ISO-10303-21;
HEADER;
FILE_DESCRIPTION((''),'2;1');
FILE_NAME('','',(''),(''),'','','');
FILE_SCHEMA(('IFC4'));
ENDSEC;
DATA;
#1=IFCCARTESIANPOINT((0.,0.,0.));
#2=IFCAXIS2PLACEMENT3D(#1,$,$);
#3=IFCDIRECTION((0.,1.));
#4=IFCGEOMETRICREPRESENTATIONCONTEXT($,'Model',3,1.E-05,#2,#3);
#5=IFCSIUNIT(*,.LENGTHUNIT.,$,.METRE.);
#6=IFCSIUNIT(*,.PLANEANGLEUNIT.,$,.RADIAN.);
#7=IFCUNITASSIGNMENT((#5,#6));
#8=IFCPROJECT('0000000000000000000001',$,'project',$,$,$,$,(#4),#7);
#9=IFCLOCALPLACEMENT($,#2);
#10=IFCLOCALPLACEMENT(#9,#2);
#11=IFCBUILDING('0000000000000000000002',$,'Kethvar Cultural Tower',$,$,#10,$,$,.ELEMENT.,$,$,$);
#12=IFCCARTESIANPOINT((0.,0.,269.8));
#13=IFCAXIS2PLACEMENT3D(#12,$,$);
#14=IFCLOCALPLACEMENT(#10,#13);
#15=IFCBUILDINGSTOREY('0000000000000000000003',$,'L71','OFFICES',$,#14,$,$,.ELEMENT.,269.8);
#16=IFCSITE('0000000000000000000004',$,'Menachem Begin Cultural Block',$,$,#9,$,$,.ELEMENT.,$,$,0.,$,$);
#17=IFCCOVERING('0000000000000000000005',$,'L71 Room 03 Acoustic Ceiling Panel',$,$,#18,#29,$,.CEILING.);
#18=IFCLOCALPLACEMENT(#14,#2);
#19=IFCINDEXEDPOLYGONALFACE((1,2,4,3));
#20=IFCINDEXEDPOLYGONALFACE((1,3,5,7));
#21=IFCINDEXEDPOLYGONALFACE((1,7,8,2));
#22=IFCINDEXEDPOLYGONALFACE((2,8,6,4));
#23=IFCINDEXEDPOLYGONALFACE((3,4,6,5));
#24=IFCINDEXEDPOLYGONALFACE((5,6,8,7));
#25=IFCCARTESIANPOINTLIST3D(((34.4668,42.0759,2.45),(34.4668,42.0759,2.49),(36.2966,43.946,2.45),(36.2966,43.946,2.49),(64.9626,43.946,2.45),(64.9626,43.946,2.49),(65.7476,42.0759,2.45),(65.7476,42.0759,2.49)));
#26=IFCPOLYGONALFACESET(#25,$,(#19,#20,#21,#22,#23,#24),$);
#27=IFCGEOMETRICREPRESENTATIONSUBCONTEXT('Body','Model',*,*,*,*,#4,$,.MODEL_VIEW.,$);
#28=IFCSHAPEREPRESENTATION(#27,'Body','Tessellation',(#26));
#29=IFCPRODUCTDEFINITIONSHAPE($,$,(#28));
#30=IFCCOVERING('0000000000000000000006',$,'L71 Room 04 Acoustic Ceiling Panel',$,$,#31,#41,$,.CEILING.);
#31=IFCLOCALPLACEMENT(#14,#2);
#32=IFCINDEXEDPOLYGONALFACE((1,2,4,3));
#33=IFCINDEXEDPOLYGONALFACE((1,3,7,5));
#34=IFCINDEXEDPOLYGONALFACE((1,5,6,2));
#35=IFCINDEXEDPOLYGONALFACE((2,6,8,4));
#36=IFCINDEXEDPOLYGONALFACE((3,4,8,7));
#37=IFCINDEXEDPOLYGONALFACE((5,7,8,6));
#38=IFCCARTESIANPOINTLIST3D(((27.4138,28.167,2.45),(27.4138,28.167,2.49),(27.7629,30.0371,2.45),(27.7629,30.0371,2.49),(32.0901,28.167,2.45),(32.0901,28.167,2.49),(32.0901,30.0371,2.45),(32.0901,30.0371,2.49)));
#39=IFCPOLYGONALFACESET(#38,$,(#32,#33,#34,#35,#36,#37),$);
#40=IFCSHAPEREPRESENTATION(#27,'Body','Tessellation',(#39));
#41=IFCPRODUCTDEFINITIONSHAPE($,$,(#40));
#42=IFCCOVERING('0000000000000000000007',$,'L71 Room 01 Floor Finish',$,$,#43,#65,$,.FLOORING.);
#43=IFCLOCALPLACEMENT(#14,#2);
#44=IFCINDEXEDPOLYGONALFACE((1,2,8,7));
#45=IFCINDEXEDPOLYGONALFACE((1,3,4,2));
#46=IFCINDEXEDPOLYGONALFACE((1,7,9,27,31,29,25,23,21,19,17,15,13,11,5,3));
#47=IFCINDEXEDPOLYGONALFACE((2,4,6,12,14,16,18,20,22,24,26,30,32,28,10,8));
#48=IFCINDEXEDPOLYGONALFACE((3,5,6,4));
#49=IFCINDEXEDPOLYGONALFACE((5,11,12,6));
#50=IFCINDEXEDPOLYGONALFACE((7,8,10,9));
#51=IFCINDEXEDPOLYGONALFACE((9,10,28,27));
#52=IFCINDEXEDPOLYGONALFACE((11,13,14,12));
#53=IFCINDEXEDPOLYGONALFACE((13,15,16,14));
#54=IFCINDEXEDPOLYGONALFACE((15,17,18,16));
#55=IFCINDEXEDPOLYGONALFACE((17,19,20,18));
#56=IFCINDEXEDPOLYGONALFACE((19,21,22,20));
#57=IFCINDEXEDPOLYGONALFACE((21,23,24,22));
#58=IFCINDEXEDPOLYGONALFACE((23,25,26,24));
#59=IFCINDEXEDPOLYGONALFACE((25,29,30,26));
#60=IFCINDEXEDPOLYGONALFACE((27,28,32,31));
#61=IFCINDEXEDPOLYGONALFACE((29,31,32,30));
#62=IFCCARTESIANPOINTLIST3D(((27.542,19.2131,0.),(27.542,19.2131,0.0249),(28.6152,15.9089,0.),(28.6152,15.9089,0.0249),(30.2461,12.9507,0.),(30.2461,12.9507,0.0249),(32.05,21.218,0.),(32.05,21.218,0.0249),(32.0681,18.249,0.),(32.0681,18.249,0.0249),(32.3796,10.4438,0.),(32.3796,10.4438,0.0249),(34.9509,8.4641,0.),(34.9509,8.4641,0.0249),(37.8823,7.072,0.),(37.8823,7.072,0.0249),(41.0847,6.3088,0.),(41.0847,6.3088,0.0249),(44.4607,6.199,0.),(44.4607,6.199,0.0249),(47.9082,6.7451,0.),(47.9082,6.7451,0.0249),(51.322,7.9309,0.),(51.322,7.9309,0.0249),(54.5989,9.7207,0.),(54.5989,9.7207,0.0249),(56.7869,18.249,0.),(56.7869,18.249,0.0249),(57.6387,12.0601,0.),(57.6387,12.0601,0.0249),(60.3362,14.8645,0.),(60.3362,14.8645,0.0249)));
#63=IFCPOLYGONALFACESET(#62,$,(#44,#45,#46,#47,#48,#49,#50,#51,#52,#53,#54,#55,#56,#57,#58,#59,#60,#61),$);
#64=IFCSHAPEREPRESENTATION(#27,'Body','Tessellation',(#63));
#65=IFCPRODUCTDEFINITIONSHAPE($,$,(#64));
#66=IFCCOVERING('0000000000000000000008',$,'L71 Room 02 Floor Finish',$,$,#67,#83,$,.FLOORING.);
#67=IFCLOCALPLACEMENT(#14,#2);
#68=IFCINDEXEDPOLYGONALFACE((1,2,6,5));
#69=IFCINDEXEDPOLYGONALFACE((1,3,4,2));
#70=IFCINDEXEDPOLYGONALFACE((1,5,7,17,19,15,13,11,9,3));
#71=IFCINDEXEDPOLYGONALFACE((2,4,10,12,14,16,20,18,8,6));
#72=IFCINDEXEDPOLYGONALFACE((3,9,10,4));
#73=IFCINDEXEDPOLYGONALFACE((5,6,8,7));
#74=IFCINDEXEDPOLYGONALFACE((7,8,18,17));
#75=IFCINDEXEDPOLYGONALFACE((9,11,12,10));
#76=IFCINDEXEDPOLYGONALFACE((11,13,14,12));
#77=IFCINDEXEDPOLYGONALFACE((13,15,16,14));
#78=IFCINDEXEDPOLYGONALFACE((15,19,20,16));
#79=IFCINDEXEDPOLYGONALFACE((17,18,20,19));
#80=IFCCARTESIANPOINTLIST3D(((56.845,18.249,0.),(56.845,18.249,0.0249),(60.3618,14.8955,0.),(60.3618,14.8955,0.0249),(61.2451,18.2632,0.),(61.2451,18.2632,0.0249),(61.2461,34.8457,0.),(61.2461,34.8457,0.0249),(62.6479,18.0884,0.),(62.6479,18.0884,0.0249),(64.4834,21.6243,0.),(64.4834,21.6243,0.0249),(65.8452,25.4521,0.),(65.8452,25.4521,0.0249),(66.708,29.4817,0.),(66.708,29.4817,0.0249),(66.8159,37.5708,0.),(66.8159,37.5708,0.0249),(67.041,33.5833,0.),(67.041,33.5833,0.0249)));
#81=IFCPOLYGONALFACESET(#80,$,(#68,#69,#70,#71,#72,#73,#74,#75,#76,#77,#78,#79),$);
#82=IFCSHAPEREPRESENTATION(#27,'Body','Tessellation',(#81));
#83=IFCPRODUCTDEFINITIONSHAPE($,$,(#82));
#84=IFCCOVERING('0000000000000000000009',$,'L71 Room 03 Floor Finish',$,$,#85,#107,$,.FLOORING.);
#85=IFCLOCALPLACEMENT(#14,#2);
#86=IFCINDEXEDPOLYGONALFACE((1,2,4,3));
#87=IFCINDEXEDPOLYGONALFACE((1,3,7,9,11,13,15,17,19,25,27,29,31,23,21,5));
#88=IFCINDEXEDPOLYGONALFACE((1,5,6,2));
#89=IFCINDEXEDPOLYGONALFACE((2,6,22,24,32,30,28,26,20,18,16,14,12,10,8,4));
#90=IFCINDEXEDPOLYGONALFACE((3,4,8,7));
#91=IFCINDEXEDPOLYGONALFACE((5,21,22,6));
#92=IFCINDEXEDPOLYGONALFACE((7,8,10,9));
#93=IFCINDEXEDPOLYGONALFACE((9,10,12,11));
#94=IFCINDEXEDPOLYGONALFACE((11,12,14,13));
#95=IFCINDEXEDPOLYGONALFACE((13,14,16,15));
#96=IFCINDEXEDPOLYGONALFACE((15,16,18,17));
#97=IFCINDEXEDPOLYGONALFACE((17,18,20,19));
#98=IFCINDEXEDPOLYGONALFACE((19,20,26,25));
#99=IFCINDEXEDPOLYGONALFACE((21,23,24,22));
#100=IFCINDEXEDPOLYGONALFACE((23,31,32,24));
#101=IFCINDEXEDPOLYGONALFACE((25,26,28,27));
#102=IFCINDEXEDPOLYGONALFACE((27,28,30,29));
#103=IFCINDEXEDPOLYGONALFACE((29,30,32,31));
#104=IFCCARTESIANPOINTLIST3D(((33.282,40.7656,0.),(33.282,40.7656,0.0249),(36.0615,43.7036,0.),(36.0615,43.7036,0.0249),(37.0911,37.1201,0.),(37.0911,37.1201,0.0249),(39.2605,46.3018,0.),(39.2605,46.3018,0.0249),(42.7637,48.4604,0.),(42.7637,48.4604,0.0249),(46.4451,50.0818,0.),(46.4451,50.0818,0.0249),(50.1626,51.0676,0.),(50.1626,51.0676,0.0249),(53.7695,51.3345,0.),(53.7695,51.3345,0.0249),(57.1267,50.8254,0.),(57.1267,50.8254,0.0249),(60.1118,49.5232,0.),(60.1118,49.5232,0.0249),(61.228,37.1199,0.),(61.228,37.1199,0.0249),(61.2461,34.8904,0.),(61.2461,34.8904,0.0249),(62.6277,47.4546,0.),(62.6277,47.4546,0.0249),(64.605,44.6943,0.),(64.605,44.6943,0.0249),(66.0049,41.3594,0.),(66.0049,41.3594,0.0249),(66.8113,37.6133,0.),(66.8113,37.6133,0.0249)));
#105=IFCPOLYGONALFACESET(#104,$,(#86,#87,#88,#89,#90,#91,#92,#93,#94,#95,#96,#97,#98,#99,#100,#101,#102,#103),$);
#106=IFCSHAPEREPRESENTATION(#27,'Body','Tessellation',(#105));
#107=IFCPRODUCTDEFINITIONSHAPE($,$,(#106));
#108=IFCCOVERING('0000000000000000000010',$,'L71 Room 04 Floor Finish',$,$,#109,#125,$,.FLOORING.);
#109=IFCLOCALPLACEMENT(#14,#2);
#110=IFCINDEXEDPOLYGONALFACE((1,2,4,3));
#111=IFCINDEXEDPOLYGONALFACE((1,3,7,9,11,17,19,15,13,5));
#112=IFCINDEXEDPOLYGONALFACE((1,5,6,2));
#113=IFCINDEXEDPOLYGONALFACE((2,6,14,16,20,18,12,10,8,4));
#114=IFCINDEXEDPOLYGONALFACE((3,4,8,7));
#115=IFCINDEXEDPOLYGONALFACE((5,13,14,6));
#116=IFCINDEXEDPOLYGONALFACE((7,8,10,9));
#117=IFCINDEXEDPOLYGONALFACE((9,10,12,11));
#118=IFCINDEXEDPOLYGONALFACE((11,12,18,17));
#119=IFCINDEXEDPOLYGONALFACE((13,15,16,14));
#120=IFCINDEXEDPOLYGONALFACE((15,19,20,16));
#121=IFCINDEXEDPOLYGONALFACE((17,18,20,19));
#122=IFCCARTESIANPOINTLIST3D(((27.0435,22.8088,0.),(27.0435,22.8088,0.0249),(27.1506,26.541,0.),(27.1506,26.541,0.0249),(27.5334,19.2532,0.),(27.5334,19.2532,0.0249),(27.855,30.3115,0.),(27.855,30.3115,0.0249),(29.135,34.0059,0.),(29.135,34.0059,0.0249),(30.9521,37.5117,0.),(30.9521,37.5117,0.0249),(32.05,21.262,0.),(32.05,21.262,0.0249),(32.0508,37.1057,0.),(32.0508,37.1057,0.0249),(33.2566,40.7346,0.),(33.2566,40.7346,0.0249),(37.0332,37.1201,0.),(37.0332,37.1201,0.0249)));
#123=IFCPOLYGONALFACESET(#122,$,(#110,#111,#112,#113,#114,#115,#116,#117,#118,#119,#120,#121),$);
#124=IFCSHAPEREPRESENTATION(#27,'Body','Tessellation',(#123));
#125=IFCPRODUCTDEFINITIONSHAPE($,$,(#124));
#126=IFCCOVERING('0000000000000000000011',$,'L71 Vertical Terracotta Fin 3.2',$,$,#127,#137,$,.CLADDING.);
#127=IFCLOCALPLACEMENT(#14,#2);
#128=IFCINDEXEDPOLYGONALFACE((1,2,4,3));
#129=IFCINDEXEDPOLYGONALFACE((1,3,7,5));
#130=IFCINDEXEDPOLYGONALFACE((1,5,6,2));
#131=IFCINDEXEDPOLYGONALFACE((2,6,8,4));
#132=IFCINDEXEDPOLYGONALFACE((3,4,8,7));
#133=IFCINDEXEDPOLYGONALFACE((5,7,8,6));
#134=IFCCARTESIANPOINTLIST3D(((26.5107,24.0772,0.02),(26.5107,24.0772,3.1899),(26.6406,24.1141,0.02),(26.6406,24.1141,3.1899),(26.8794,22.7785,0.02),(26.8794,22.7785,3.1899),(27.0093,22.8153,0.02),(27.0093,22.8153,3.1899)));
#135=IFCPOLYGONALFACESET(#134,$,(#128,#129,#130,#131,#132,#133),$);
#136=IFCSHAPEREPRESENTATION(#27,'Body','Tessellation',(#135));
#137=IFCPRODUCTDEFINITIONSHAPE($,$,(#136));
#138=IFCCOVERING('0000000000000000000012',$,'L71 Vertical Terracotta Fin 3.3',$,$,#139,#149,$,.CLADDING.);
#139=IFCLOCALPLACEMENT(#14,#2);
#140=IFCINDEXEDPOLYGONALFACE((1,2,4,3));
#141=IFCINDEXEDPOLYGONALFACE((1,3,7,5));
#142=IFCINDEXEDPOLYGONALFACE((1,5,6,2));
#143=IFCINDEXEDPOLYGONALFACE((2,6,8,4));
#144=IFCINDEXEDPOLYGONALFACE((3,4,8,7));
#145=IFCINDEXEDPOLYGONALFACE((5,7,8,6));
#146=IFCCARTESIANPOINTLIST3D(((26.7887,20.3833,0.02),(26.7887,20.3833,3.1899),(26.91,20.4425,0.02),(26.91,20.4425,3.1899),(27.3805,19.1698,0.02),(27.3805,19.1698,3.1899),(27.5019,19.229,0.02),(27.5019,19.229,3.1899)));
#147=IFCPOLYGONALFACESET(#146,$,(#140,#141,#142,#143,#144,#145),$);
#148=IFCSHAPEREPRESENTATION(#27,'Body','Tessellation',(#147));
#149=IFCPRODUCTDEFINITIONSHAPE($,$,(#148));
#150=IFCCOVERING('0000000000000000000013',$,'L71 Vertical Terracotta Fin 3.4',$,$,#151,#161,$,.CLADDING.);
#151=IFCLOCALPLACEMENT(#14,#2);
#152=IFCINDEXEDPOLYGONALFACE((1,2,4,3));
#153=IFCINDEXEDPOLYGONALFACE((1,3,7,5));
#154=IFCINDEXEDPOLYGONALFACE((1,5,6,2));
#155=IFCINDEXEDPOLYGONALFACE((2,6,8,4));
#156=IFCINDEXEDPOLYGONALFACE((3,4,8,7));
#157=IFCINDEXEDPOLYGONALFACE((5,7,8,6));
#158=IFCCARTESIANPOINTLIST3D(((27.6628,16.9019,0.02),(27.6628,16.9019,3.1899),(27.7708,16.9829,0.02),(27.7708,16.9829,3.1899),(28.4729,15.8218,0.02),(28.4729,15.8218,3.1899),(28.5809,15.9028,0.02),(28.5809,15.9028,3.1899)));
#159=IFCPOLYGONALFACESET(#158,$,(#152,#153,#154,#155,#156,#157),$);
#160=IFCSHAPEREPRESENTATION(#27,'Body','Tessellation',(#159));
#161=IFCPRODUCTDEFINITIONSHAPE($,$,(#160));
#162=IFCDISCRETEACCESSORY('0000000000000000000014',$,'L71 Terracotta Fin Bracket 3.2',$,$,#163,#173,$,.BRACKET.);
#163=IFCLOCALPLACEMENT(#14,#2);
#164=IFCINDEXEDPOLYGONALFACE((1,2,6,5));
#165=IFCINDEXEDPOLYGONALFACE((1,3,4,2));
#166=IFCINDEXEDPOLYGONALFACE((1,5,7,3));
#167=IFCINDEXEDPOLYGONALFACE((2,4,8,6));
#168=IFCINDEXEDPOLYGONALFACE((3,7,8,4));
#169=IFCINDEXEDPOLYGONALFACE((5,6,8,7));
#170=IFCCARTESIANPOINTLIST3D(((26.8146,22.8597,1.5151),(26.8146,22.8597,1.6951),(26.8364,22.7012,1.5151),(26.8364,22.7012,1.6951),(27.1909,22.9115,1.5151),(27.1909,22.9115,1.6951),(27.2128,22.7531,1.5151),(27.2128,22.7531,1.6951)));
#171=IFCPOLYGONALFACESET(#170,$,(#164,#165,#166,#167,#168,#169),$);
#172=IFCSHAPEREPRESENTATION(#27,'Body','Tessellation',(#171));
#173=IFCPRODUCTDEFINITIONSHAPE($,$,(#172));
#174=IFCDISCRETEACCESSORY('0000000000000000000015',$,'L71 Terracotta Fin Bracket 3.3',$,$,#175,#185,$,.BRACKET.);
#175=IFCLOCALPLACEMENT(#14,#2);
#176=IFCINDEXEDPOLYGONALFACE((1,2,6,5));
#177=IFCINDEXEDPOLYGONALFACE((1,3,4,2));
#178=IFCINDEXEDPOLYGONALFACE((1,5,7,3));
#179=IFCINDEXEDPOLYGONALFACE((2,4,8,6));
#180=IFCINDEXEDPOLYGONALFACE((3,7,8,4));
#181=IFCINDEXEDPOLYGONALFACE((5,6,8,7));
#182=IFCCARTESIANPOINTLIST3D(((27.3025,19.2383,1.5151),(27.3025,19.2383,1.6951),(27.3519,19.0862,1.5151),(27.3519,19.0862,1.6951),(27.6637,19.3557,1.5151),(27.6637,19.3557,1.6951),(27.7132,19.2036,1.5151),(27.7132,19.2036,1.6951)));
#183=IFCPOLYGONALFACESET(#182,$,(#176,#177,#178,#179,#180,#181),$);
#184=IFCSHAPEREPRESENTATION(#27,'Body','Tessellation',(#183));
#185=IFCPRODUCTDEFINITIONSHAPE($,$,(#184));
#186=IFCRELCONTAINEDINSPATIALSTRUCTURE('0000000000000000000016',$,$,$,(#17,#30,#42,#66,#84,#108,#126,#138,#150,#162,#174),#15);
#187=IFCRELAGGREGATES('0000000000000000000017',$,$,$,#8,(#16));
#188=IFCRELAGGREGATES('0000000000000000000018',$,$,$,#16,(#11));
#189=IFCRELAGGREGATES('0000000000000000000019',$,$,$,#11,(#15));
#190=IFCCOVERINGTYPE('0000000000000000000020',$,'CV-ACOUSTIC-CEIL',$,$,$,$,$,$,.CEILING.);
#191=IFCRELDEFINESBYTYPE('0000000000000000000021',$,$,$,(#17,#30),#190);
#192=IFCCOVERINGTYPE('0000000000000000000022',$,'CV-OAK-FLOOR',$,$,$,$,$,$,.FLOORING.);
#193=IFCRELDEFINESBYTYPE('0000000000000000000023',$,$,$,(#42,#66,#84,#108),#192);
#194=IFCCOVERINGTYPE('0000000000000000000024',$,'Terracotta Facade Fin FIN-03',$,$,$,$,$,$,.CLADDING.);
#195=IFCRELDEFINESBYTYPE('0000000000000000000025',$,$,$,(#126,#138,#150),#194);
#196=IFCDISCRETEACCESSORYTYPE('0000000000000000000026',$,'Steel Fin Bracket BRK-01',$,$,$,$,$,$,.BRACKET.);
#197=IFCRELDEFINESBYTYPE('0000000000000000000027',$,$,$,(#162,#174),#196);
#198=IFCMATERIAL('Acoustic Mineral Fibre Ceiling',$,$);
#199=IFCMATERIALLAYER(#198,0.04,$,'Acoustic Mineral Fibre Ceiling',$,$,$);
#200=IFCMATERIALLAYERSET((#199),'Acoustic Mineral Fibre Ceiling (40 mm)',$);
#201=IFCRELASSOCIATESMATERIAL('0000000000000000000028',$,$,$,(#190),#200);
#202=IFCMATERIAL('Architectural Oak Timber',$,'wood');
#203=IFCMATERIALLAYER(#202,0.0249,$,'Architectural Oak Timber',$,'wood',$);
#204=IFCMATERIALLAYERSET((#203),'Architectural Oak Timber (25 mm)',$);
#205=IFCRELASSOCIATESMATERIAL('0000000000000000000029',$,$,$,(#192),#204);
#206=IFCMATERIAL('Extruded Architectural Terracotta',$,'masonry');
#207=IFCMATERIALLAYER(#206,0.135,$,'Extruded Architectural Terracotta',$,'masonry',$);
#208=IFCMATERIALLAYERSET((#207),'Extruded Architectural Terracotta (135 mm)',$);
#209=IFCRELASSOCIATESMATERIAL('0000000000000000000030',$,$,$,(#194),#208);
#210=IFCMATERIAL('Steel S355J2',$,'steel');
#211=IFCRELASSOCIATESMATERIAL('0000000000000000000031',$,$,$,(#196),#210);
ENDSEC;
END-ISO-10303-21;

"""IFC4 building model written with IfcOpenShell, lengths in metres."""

from ifc_helpers import new_model, si_unit, direction, frame, origin, origin_2d, place, context, subcontext, project, spatial, polyline, rectangle, outline, extrude, source, transform, mapped, material, layer, layer_set, type_object, element, save


model = new_model("IFC4")

# Units and contexts
model_context = context("Model", 3, precision=1e-05, world=origin(), true_north=direction((0.0, 1.0)))
body_context = subcontext(model_context, "Body", "Model", "MODEL_VIEW")
ifc_project = project(units=[si_unit("LENGTHUNIT", "METRE"), si_unit("PLANEANGLEUNIT", "RADIAN")], contexts=[model_context])

# Site, building, storey
site_placement = place(None, origin())
site = spatial("IfcSite", under=ifc_project, at=site_placement, Name="Menachem Begin Cultural Block", CompositionType="ELEMENT", RefElevation=0.0)
building_placement = place(site_placement, origin())
building = spatial("IfcBuilding", under=site, at=building_placement, Name="Kethvar Cultural Tower", CompositionType="ELEMENT")
storey_placement = place(building_placement, frame((0.0, 0.0, 269.8)))
storey = spatial("IfcBuildingStorey", under=building, at=storey_placement, Name="L71", Description="OFFICES", CompositionType="ELEMENT", Elevation=269.8)

# Coverings
ifc_material_1 = material(Name="Acoustic Mineral Fibre Ceiling")
ifc_layer_1 = layer(ifc_material_1, 0.04, Name="Acoustic Mineral Fibre Ceiling")
ifc_layer_set_1 = layer_set([ifc_layer_1], Name="Acoustic Mineral Fibre Ceiling (40 mm)")
covering_type_1 = type_object("IfcCoveringType", Name="CV-ACOUSTIC-CEIL", PredefinedType="CEILING", material=ifc_layer_set_1)
covering_1_placement = place(storey_placement, frame((0.0, 0.0, 2.45)))
element("IfcCovering", 1, at=covering_1_placement, inside=storey, type_object=covering_type_1, Name="L71 Room 03 Acoustic Ceiling Panel", PredefinedType="CEILING", context=body_context, shape_type="SweptSolid", body=[
    extrude(outline(polyline([(65.7476, 42.0759), (34.4668, 42.0759), (36.2966, 43.946), (64.9626, 43.946), (65.7476, 42.0759)])), origin(), (0.0, 0.0, 1.0), 0.04),
])
covering_2_placement = place(storey_placement, frame((0.0, 0.0, 2.45)))
element("IfcCovering", 2, at=covering_2_placement, inside=storey, type_object=covering_type_1, Name="L71 Room 04 Acoustic Ceiling Panel", PredefinedType="CEILING", context=body_context, shape_type="SweptSolid", body=[
    extrude(outline(polyline([(27.7629, 30.0371), (32.0901, 30.0371), (32.0901, 28.167), (27.4138, 28.167), (27.7629, 30.0371)])), origin(), (0.0, 0.0, 1.0), 0.04),
])
ifc_material_2 = material(Name="Architectural Oak Timber", Category="wood")
ifc_layer_2 = layer(ifc_material_2, 0.0249, Name="Architectural Oak Timber", Category="wood")
ifc_layer_set_2 = layer_set([ifc_layer_2], Name="Architectural Oak Timber (25 mm)")
covering_type_2 = type_object("IfcCoveringType", Name="CV-OAK-FLOOR", PredefinedType="FLOORING", material=ifc_layer_set_2)
covering_3_placement = place(storey_placement, origin())
element("IfcCovering", 3, at=covering_3_placement, inside=storey, type_object=covering_type_2, Name="L71 Room 01 Floor Finish", PredefinedType="FLOORING", context=body_context, shape_type="SweptSolid", body=[
    extrude(outline(polyline([(60.3362, 14.8645), (57.6387, 12.0601), (54.5989, 9.7207), (51.322, 7.9309), (47.9082, 6.7451), (44.4607, 6.199), (41.0847, 6.3088), (37.8823, 7.072), (34.9509, 8.4641), (32.3796, 10.4438), (30.2461, 12.9507), (28.6152, 15.9089), (27.542, 19.2131), (32.05, 21.218), (32.0681, 18.249), (56.7869, 18.249), (60.3362, 14.8645)])), origin(), (0.0, 0.0, 1.0), 0.0249),
])
covering_4_placement = place(storey_placement, origin())
element("IfcCovering", 4, at=covering_4_placement, inside=storey, type_object=covering_type_2, Name="L71 Room 02 Floor Finish", PredefinedType="FLOORING", context=body_context, shape_type="SweptSolid", body=[
    extrude(outline(polyline([(67.041, 33.5833), (66.708, 29.4817), (65.8452, 25.4521), (64.4834, 21.6243), (62.6479, 18.0884), (60.3618, 14.8955), (56.845, 18.249), (61.2451, 18.2632), (61.2461, 34.8457), (66.8159, 37.5708), (67.041, 33.5833)])), origin(), (0.0, 0.0, 1.0), 0.0249),
])
covering_5_placement = place(storey_placement, origin())
element("IfcCovering", 5, at=covering_5_placement, inside=storey, type_object=covering_type_2, Name="L71 Room 03 Floor Finish", PredefinedType="FLOORING", context=body_context, shape_type="SweptSolid", body=[
    extrude(outline(polyline([(64.605, 44.6943), (66.0049, 41.3594), (66.8113, 37.6133), (61.2461, 34.8904), (61.228, 37.1199), (37.0911, 37.1201), (33.282, 40.7656), (36.0615, 43.7036), (39.2605, 46.3018), (42.7637, 48.4604), (46.4451, 50.0818), (50.1626, 51.0676), (53.7695, 51.3345), (57.1267, 50.8254), (60.1118, 49.5232), (62.6277, 47.4546), (64.605, 44.6943)])), origin(), (0.0, 0.0, 1.0), 0.0249),
])
covering_6_placement = place(storey_placement, origin())
element("IfcCovering", 6, at=covering_6_placement, inside=storey, type_object=covering_type_2, Name="L71 Room 04 Floor Finish", PredefinedType="FLOORING", context=body_context, shape_type="SweptSolid", body=[
    extrude(outline(polyline([(27.0435, 22.8088), (27.1506, 26.541), (27.855, 30.3115), (29.135, 34.0059), (30.9521, 37.5117), (33.2566, 40.7346), (37.0332, 37.1201), (32.0508, 37.1057), (32.05, 21.262), (27.5334, 19.2532), (27.0435, 22.8088)])), origin(), (0.0, 0.0, 1.0), 0.0249),
])
ifc_material_3 = material(Name="Extruded Architectural Terracotta", Category="masonry")
ifc_layer_3 = layer(ifc_material_3, 0.135, Name="Extruded Architectural Terracotta", Category="masonry")
ifc_layer_set_3 = layer_set([ifc_layer_3], Name="Extruded Architectural Terracotta (135 mm)")
covering_type_3 = type_object("IfcCoveringType", Name="Terracotta Facade Fin FIN-03", PredefinedType="CLADDING", material=ifc_layer_set_3)
shared_shape_1 = source(origin(), body_context, "Body", "SweptSolid", [
    extrude(rectangle(XDim=1.3501, YDim=0.135, at=origin_2d()), origin(), (0.0, 0.0, 1.0), 3.1699),
])
for number, where, z_axis, x_axis, name in (
    (7, (26.76, 23.4463, 0.02), (0.0, 0.0, 1.0), (-0.27312, 0.96198, 0.0), "L71 Vertical Terracotta Fin 3.2"),
    (8, (27.1453, 19.8062, 0.02), (0.0, 0.0, 1.0), (-0.438371, 0.898794, 0.0), "L71 Vertical Terracotta Fin 3.3"),
    (9, (28.1218, 16.4023, 0.02), (0.0, 0.0, 1.0), (-0.600001, 0.799999, 0.0), "L71 Vertical Terracotta Fin 3.4"),
):
    element("IfcCovering", number, at=place(storey_placement, frame(where, z_axis=z_axis, x_axis=x_axis)), inside=storey, type_object=covering_type_3, Name=name, PredefinedType="CLADDING", context=body_context, shape_type="MappedRepresentation", body=[
        mapped(shared_shape_1, transform((0.0, 0.0, 0.0), scale=1.0)),
    ])

# Discrete accessories
ifc_material_4 = material(Name="Steel S355J2", Category="steel")
discrete_accessory_type = type_object("IfcDiscreteAccessoryType", Name="Steel Fin Bracket BRK-01", PredefinedType="BRACKET", material=ifc_material_4)
shared_shape_2 = source(origin(), body_context, "Body", "SweptSolid", [
    extrude(rectangle(XDim=0.3799, YDim=0.1599, at=origin_2d()), origin(), (0.0, 0.0, 1.0), 0.1799),
])
for number, where, z_axis, x_axis, name in (
    (10, (27.0137, 22.8064, 1.5151), (0.0, 0.0, 1.0), (-0.990629, -0.13658, 0.0), "L71 Terracotta Fin Bracket 3.2"),
    (11, (27.5078, 19.2209, 1.5151), (0.0, 0.0, 1.0), (-0.951057, -0.309017, 0.0), "L71 Terracotta Fin Bracket 3.3"),
):
    element("IfcDiscreteAccessory", number, at=place(storey_placement, frame(where, z_axis=z_axis, x_axis=x_axis)), inside=storey, type_object=discrete_accessory_type, Name=name, PredefinedType="BRACKET", context=body_context, shape_type="MappedRepresentation", body=[
        mapped(shared_shape_2, transform((0.0, 0.0, 0.0), scale=1.0)),
    ])

save(model, "model.ifc")
